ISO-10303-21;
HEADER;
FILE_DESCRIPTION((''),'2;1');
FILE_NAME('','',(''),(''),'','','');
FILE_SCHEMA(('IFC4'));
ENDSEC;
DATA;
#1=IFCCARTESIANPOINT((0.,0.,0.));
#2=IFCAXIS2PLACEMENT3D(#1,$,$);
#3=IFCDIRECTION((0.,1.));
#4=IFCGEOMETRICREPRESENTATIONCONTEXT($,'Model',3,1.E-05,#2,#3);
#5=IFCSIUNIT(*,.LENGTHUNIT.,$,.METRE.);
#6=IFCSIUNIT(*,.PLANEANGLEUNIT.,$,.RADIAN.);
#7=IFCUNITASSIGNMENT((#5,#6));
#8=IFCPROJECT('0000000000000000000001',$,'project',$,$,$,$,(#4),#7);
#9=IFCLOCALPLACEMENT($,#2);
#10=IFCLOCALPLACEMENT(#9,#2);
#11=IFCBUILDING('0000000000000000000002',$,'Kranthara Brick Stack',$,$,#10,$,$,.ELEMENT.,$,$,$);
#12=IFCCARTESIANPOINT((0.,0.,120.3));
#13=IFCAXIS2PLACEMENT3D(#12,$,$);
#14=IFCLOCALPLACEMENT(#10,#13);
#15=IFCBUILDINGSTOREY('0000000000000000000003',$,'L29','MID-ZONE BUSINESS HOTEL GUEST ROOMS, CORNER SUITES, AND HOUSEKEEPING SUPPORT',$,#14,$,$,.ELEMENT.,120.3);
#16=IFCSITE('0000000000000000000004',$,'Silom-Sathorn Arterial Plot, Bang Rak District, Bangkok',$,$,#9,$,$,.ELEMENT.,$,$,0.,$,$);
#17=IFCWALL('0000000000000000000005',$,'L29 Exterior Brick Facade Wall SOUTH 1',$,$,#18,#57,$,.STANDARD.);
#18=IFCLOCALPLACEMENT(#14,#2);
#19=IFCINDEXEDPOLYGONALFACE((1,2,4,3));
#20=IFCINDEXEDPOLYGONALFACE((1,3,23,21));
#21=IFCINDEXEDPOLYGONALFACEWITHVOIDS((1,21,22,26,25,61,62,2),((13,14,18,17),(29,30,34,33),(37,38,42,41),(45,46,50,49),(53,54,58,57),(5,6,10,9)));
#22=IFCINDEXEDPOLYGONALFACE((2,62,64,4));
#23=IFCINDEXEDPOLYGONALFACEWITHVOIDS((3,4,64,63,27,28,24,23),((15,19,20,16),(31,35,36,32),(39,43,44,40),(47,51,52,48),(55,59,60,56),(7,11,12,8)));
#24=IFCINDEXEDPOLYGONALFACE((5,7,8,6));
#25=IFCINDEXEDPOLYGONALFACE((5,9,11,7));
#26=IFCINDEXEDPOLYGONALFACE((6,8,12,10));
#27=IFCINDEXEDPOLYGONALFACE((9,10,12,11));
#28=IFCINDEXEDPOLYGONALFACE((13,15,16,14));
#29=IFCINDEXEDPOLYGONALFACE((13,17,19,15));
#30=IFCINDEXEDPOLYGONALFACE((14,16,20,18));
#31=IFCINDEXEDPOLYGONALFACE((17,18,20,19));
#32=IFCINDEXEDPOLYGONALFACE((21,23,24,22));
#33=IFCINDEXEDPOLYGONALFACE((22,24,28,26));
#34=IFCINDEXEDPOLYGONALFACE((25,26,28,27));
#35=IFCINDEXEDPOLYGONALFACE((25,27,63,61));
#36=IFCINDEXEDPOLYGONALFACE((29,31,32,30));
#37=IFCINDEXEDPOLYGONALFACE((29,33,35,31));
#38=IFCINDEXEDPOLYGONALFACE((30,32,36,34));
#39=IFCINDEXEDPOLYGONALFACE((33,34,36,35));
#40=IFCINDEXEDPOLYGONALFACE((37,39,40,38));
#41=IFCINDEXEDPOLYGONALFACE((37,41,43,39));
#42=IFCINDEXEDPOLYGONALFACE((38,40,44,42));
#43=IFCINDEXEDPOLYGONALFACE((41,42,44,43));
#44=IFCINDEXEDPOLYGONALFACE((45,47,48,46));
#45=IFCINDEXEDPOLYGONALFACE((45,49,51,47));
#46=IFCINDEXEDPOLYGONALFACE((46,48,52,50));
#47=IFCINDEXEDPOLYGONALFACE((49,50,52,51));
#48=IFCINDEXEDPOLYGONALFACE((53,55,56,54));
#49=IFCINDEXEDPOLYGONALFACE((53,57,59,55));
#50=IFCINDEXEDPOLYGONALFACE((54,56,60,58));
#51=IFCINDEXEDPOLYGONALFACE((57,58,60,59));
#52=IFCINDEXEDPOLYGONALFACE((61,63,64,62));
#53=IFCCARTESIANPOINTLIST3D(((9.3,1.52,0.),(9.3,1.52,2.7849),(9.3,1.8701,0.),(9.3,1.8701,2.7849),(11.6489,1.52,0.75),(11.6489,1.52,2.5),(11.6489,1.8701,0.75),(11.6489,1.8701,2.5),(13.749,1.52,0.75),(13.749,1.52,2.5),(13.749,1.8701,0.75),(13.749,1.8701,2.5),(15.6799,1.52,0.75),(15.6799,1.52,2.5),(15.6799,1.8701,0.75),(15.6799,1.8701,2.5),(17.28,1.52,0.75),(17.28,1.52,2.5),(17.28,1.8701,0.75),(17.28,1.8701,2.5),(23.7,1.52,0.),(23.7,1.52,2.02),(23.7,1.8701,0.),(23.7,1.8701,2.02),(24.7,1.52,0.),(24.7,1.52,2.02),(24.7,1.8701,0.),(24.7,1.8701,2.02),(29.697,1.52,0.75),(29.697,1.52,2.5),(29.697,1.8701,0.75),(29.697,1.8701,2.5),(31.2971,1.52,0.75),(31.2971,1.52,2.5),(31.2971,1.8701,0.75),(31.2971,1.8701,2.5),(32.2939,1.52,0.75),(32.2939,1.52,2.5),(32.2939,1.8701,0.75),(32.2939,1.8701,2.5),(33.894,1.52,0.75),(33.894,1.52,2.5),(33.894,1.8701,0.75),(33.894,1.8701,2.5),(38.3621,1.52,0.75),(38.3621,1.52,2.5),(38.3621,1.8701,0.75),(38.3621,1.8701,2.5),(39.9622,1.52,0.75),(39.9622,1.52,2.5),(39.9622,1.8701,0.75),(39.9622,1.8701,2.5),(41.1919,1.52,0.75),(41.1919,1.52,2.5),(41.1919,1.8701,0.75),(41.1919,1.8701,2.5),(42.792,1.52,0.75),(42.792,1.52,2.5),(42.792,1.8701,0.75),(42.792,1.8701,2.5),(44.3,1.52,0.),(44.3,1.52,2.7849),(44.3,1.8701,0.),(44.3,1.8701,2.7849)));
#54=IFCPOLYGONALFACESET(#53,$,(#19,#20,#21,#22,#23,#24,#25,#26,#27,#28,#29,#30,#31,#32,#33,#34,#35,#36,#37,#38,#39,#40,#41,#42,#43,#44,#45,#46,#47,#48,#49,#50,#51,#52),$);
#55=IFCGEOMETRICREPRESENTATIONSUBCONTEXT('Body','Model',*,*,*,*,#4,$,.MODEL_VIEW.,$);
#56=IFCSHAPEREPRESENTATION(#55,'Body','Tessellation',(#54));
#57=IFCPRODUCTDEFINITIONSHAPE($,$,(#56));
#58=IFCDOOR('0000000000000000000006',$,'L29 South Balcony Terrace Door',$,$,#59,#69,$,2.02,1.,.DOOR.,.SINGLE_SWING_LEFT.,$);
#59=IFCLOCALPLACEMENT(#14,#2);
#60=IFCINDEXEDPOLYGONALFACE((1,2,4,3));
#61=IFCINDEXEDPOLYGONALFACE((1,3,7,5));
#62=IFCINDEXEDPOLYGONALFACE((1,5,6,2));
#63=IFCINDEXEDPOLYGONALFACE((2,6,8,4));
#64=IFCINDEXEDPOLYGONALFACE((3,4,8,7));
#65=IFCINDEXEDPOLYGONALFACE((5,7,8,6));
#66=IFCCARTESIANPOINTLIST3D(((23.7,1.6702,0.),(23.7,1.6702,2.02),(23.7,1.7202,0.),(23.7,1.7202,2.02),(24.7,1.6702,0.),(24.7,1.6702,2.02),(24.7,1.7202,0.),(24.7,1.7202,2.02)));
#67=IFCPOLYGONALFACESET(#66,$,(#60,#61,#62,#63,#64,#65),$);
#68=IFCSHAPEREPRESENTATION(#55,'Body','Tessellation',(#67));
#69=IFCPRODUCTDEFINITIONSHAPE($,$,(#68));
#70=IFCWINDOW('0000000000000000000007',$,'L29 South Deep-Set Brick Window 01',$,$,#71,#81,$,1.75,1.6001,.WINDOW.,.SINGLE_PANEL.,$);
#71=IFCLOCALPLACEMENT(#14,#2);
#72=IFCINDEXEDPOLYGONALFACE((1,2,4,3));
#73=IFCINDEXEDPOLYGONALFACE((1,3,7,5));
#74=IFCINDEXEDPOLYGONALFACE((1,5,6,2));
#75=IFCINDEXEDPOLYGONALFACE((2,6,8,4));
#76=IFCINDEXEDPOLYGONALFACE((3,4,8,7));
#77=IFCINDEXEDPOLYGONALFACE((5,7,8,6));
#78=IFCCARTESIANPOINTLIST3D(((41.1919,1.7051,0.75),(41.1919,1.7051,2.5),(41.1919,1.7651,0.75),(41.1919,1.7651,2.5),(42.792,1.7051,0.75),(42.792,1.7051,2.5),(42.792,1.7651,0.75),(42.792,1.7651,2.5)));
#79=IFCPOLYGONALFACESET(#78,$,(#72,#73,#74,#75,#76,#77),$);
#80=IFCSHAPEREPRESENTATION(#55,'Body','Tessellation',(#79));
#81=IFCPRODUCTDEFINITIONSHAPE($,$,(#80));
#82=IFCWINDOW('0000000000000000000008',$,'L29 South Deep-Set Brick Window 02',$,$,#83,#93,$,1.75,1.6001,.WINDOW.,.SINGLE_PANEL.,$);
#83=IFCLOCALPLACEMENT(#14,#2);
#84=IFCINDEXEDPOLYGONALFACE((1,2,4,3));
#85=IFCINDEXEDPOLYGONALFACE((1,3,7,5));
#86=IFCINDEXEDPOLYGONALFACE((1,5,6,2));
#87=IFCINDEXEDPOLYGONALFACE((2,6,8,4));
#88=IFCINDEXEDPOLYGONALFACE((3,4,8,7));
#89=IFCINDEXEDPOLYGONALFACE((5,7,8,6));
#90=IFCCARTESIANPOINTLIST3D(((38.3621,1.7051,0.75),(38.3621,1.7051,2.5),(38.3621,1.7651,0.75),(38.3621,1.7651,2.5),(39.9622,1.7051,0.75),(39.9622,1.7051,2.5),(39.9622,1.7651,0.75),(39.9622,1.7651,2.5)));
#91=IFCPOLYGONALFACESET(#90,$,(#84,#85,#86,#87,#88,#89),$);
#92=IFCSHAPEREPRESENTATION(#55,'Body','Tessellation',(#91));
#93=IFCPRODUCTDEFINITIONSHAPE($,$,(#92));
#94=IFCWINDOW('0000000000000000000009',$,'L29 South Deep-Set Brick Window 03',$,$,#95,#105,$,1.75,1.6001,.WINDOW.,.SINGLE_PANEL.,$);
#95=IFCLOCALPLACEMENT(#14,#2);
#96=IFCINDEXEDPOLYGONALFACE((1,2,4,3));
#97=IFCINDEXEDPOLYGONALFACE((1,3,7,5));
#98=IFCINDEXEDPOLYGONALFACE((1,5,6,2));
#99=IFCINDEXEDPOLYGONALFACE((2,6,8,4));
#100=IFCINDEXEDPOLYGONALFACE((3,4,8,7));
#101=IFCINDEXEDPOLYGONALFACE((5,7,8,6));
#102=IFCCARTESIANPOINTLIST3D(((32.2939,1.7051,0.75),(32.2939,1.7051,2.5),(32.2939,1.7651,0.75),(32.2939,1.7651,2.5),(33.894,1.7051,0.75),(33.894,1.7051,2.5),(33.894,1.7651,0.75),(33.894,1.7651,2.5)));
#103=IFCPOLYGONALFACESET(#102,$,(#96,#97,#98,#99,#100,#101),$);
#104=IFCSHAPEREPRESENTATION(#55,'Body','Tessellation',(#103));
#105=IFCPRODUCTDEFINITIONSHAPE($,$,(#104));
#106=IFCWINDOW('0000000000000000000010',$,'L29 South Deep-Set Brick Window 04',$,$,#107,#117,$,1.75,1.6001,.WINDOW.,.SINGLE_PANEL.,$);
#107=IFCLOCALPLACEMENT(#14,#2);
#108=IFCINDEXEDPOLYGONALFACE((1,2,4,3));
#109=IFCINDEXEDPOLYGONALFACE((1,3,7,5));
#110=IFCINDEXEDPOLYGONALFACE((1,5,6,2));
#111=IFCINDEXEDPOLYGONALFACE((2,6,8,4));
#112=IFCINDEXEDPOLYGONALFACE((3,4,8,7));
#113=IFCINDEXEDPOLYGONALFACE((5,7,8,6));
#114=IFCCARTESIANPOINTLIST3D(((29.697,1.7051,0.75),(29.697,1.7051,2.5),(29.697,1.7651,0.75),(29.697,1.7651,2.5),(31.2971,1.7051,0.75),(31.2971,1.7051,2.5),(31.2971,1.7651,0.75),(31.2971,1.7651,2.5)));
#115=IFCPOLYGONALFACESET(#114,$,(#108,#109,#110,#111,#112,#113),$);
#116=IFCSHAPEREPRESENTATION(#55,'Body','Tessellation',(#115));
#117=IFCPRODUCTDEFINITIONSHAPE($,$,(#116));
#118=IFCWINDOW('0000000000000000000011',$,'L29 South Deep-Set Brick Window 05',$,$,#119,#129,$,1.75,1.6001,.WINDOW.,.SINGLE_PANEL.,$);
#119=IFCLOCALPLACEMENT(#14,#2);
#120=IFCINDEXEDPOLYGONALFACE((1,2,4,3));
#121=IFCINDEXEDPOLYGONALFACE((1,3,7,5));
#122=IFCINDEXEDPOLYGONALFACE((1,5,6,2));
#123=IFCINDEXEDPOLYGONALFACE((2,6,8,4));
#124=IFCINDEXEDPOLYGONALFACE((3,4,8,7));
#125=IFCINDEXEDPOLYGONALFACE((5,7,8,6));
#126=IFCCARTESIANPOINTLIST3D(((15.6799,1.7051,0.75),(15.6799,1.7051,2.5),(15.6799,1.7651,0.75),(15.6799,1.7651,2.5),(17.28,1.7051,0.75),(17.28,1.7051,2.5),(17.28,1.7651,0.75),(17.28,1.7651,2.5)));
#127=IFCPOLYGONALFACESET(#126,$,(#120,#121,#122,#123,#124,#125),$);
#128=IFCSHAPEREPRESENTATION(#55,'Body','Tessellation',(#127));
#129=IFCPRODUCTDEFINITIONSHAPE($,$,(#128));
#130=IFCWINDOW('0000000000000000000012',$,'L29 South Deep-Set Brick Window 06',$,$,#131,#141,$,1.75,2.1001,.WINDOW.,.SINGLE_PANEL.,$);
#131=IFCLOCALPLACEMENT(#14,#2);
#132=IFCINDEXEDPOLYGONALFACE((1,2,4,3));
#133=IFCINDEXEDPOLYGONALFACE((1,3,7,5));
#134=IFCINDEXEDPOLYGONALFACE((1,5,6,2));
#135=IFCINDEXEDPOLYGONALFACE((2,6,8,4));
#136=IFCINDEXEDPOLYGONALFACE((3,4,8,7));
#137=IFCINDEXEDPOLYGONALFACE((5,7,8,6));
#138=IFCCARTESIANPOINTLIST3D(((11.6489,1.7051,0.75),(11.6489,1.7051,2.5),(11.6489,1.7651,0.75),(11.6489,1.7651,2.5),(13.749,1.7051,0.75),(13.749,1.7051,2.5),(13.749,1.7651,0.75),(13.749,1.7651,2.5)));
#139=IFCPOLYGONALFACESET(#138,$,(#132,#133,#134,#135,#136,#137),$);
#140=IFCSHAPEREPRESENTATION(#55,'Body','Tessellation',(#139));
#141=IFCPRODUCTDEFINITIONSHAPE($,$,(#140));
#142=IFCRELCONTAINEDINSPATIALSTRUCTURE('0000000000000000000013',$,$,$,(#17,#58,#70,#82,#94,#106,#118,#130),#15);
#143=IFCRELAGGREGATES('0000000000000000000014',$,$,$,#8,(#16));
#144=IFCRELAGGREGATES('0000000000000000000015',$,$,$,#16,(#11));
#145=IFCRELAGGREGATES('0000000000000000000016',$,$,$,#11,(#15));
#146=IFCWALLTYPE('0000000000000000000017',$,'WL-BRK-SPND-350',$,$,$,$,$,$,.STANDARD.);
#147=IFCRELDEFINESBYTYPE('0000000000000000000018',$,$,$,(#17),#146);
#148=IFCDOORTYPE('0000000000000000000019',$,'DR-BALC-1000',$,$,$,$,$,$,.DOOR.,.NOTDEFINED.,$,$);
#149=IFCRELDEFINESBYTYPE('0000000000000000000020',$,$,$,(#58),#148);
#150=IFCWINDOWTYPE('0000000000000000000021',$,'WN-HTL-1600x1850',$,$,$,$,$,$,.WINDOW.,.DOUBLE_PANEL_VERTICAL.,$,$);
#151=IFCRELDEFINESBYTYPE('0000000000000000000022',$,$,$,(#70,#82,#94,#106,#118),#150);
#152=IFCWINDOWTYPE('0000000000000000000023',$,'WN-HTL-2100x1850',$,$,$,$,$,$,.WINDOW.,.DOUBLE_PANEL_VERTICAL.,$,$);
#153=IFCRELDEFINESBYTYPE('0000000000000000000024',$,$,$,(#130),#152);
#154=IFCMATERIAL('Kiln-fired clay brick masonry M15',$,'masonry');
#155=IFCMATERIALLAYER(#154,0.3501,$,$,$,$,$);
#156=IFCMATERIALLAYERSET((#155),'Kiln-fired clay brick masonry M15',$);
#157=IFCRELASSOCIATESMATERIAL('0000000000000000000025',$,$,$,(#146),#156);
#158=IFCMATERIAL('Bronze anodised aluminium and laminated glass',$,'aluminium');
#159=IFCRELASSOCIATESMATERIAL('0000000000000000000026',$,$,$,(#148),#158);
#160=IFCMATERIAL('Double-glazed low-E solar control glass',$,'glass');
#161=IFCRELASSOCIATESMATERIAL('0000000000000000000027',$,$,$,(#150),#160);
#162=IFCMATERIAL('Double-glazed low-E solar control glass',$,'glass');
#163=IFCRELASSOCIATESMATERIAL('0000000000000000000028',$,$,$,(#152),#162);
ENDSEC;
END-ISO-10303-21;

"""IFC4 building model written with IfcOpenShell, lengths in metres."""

from ifc_helpers import new_model, si_unit, direction, frame, frame_2d, origin, place, context, subcontext, project, spatial, rectangle, extrude, material, layer, layer_set, type_object, element, fill, save


model = new_model("IFC4")

# Units and contexts
model_context = context("Model", 3, precision=1e-05, world=origin(), true_north=direction((0.0, 1.0)))
body_context = subcontext(model_context, "Body", "Model", "MODEL_VIEW")
ifc_project = project(units=[si_unit("LENGTHUNIT", "METRE"), si_unit("PLANEANGLEUNIT", "RADIAN")], contexts=[model_context])

# Site, building, storey
site_placement = place(None, origin())
site = spatial("IfcSite", under=ifc_project, at=site_placement, Name="Silom-Sathorn Arterial Plot, Bang Rak District, Bangkok", CompositionType="ELEMENT", RefElevation=0.0)
building_placement = place(site_placement, origin())
building = spatial("IfcBuilding", under=site, at=building_placement, Name="Kranthara Brick Stack", CompositionType="ELEMENT")
storey_placement = place(building_placement, frame((0.0, 0.0, 120.3)))
storey = spatial("IfcBuildingStorey", under=building, at=storey_placement, Name="L29", Description="MID-ZONE BUSINESS HOTEL GUEST ROOMS, CORNER SUITES, AND HOUSEKEEPING SUPPORT", CompositionType="ELEMENT", Elevation=120.3)

# Wall, openings, door, windows
ifc_material_1 = material(Name="Kiln-fired clay brick masonry M15", Category="masonry")
ifc_layer_1 = layer(ifc_material_1, 0.3501)
ifc_layer_set_1 = layer_set([ifc_layer_1], Name="Kiln-fired clay brick masonry M15")
wall_type_1 = type_object("IfcWallType", Name="WL-BRK-SPND-350", PredefinedType="STANDARD", material=ifc_layer_set_1)
wall_1_placement = place(storey_placement, frame((44.3, 1.6951, 0.0), z_axis=(0.0, 0.0, 1.0), x_axis=(-1.0, 0.0, 0.0)))
wall_1 = element("IfcWall", 1, at=wall_1_placement, inside=storey, type_object=wall_type_1, Name="L29 Exterior Brick Facade Wall SOUTH 1", PredefinedType="STANDARD", context=body_context, shape_type="SweptSolid", body=[
    extrude(rectangle(XDim=35.0, YDim=0.3501, at=frame_2d((17.5, 0.0))), origin(), (0.0, 0.0, 1.0), 2.7849),
])
opening_1_placement = place(wall_1_placement, frame((19.6001, 0.0, 0.0)))
opening_1 = element("IfcOpeningElement", 2, at=opening_1_placement, cuts=wall_1, PredefinedType="OPENING", context=body_context, shape_type="SweptSolid", body=[
    extrude(rectangle(XDim=1.0, YDim=2.02, at=frame_2d((0.5, 1.01))), frame((0.0, 0.1851, 0.0), z_axis=(0.0, -1.0, 0.0), x_axis=(1.0, 0.0, 0.0)), (0.0, 0.0, 1.0), 0.3701),
])
opening_2_placement = place(wall_1_placement, frame((1.5081, 0.0, 0.75)))
opening_2 = element("IfcOpeningElement", 3, at=opening_2_placement, cuts=wall_1, PredefinedType="OPENING", context=body_context, shape_type="SweptSolid", body=[
    extrude(rectangle(XDim=1.6001, YDim=1.75, at=frame_2d((0.8, 0.875))), frame((0.0, 0.1851, 0.0), z_axis=(0.0, -1.0, 0.0), x_axis=(1.0, 0.0, 0.0)), (0.0, 0.0, 1.0), 0.3701),
])
opening_3_placement = place(wall_1_placement, frame((4.3379, 0.0, 0.75)))
opening_3 = element("IfcOpeningElement", 4, at=opening_3_placement, cuts=wall_1, PredefinedType="OPENING", context=body_context, shape_type="SweptSolid", body=[
    extrude(rectangle(XDim=1.6001, YDim=1.75, at=frame_2d((0.8, 0.875))), frame((0.0, 0.1851, 0.0), z_axis=(0.0, -1.0, 0.0), x_axis=(1.0, 0.0, 0.0)), (0.0, 0.0, 1.0), 0.3701),
])
opening_4_placement = place(wall_1_placement, frame((10.406, 0.0, 0.75)))
opening_4 = element("IfcOpeningElement", 5, at=opening_4_placement, cuts=wall_1, PredefinedType="OPENING", context=body_context, shape_type="SweptSolid", body=[
    extrude(rectangle(XDim=1.6001, YDim=1.75, at=frame_2d((0.8, 0.875))), frame((0.0, 0.1851, 0.0), z_axis=(0.0, -1.0, 0.0), x_axis=(1.0, 0.0, 0.0)), (0.0, 0.0, 1.0), 0.3701),
])
opening_5_placement = place(wall_1_placement, frame((13.0029, 0.0, 0.75)))
opening_5 = element("IfcOpeningElement", 6, at=opening_5_placement, cuts=wall_1, PredefinedType="OPENING", context=body_context, shape_type="SweptSolid", body=[
    extrude(rectangle(XDim=1.6001, YDim=1.75, at=frame_2d((0.8, 0.875))), frame((0.0, 0.1851, 0.0), z_axis=(0.0, -1.0, 0.0), x_axis=(1.0, 0.0, 0.0)), (0.0, 0.0, 1.0), 0.3701),
])
opening_6_placement = place(wall_1_placement, frame((27.02, 0.0, 0.75)))
opening_6 = element("IfcOpeningElement", 7, at=opening_6_placement, cuts=wall_1, PredefinedType="OPENING", context=body_context, shape_type="SweptSolid", body=[
    extrude(rectangle(XDim=1.6001, YDim=1.75, at=frame_2d((0.8, 0.875))), frame((0.0, 0.1851, 0.0), z_axis=(0.0, -1.0, 0.0), x_axis=(1.0, 0.0, 0.0)), (0.0, 0.0, 1.0), 0.3701),
])
opening_7_placement = place(wall_1_placement, frame((30.551, 0.0, 0.75)))
opening_7 = element("IfcOpeningElement", 8, at=opening_7_placement, cuts=wall_1, PredefinedType="OPENING", context=body_context, shape_type="SweptSolid", body=[
    extrude(rectangle(XDim=2.1001, YDim=1.75, at=frame_2d((1.05, 0.875))), frame((0.0, 0.1851, 0.0), z_axis=(0.0, -1.0, 0.0), x_axis=(1.0, 0.0, 0.0)), (0.0, 0.0, 1.0), 0.3701),
])
ifc_material_2 = material(Name="Bronze anodised aluminium and laminated glass", Category="aluminium")
door_type = type_object("IfcDoorType", Name="DR-BALC-1000", OperationType="NOTDEFINED", PredefinedType="DOOR", material=ifc_material_2)
door_placement = place(opening_1_placement, origin())
door = element("IfcDoor", 9, at=door_placement, inside=storey, type_object=door_type, Name="L29 South Balcony Terrace Door", OperationType="SINGLE_SWING_LEFT", OverallHeight=2.02, OverallWidth=1.0, PredefinedType="DOOR", context=body_context, shape_type="SweptSolid", body=[
    extrude(rectangle(XDim=1.0, YDim=2.02, at=frame_2d((0.5, 1.01))), frame((0.0, 0.0249, 0.0), z_axis=(0.0, -1.0, 0.0), x_axis=(1.0, 0.0, 0.0)), (0.0, 0.0, 1.0), 0.05),
])
fill(opening_1, door)
ifc_material_3 = material(Name="Double-glazed low-E solar control glass", Category="glass")
window_type_1 = type_object("IfcWindowType", Name="WN-HTL-1600x1850", PartitioningType="DOUBLE_PANEL_VERTICAL", PredefinedType="WINDOW", material=ifc_material_3)
window_1_placement = place(opening_2_placement, origin())
window_1 = element("IfcWindow", 10, at=window_1_placement, inside=storey, type_object=window_type_1, Name="L29 South Deep-Set Brick Window 01", OverallHeight=1.75, OverallWidth=1.6001, PartitioningType="SINGLE_PANEL", PredefinedType="WINDOW", context=body_context, shape_type="SweptSolid", body=[
    extrude(rectangle(XDim=1.6001, YDim=1.75, at=frame_2d((0.8, 0.875))), frame((0.0, -0.01, 0.0), z_axis=(0.0, -1.0, 0.0), x_axis=(1.0, 0.0, 0.0)), (0.0, 0.0, 1.0), 0.0601),
])
fill(opening_2, window_1)
window_2_placement = place(opening_3_placement, origin())
window_2 = element("IfcWindow", 11, at=window_2_placement, inside=storey, type_object=window_type_1, Name="L29 South Deep-Set Brick Window 02", OverallHeight=1.75, OverallWidth=1.6001, PartitioningType="SINGLE_PANEL", PredefinedType="WINDOW", context=body_context, shape_type="SweptSolid", body=[
    extrude(rectangle(XDim=1.6001, YDim=1.75, at=frame_2d((0.8, 0.875))), frame((0.0, -0.01, 0.0), z_axis=(0.0, -1.0, 0.0), x_axis=(1.0, 0.0, 0.0)), (0.0, 0.0, 1.0), 0.0601),
])
fill(opening_3, window_2)
window_3_placement = place(opening_4_placement, origin())
window_3 = element("IfcWindow", 12, at=window_3_placement, inside=storey, type_object=window_type_1, Name="L29 South Deep-Set Brick Window 03", OverallHeight=1.75, OverallWidth=1.6001, PartitioningType="SINGLE_PANEL", PredefinedType="WINDOW", context=body_context, shape_type="SweptSolid", body=[
    extrude(rectangle(XDim=1.6001, YDim=1.75, at=frame_2d((0.8, 0.875))), frame((0.0, -0.01, 0.0), z_axis=(0.0, -1.0, 0.0), x_axis=(1.0, 0.0, 0.0)), (0.0, 0.0, 1.0), 0.0601),
])
fill(opening_4, window_3)
window_4_placement = place(opening_5_placement, origin())
window_4 = element("IfcWindow", 13, at=window_4_placement, inside=storey, type_object=window_type_1, Name="L29 South Deep-Set Brick Window 04", OverallHeight=1.75, OverallWidth=1.6001, PartitioningType="SINGLE_PANEL", PredefinedType="WINDOW", context=body_context, shape_type="SweptSolid", body=[
    extrude(rectangle(XDim=1.6001, YDim=1.75, at=frame_2d((0.8, 0.875))), frame((0.0, -0.01, 0.0), z_axis=(0.0, -1.0, 0.0), x_axis=(1.0, 0.0, 0.0)), (0.0, 0.0, 1.0), 0.0601),
])
fill(opening_5, window_4)
window_5_placement = place(opening_6_placement, origin())
window_5 = element("IfcWindow", 14, at=window_5_placement, inside=storey, type_object=window_type_1, Name="L29 South Deep-Set Brick Window 05", OverallHeight=1.75, OverallWidth=1.6001, PartitioningType="SINGLE_PANEL", PredefinedType="WINDOW", context=body_context, shape_type="SweptSolid", body=[
    extrude(rectangle(XDim=1.6001, YDim=1.75, at=frame_2d((0.8, 0.875))), frame((0.0, -0.01, 0.0), z_axis=(0.0, -1.0, 0.0), x_axis=(1.0, 0.0, 0.0)), (0.0, 0.0, 1.0), 0.0601),
])
fill(opening_6, window_5)
ifc_material_4 = material(Name="Double-glazed low-E solar control glass", Category="glass")
window_type_2 = type_object("IfcWindowType", Name="WN-HTL-2100x1850", PartitioningType="DOUBLE_PANEL_VERTICAL", PredefinedType="WINDOW", material=ifc_material_4)
window_6_placement = place(opening_7_placement, origin())
window_6 = element("IfcWindow", 15, at=window_6_placement, inside=storey, type_object=window_type_2, Name="L29 South Deep-Set Brick Window 06", OverallHeight=1.75, OverallWidth=2.1001, PartitioningType="SINGLE_PANEL", PredefinedType="WINDOW", context=body_context, shape_type="SweptSolid", body=[
    extrude(rectangle(XDim=2.1001, YDim=1.75, at=frame_2d((1.05, 0.875))), frame((0.0, -0.01, 0.0), z_axis=(0.0, -1.0, 0.0), x_axis=(1.0, 0.0, 0.0)), (0.0, 0.0, 1.0), 0.0601),
])
fill(opening_7, window_6)

save(model, "model.ifc")
